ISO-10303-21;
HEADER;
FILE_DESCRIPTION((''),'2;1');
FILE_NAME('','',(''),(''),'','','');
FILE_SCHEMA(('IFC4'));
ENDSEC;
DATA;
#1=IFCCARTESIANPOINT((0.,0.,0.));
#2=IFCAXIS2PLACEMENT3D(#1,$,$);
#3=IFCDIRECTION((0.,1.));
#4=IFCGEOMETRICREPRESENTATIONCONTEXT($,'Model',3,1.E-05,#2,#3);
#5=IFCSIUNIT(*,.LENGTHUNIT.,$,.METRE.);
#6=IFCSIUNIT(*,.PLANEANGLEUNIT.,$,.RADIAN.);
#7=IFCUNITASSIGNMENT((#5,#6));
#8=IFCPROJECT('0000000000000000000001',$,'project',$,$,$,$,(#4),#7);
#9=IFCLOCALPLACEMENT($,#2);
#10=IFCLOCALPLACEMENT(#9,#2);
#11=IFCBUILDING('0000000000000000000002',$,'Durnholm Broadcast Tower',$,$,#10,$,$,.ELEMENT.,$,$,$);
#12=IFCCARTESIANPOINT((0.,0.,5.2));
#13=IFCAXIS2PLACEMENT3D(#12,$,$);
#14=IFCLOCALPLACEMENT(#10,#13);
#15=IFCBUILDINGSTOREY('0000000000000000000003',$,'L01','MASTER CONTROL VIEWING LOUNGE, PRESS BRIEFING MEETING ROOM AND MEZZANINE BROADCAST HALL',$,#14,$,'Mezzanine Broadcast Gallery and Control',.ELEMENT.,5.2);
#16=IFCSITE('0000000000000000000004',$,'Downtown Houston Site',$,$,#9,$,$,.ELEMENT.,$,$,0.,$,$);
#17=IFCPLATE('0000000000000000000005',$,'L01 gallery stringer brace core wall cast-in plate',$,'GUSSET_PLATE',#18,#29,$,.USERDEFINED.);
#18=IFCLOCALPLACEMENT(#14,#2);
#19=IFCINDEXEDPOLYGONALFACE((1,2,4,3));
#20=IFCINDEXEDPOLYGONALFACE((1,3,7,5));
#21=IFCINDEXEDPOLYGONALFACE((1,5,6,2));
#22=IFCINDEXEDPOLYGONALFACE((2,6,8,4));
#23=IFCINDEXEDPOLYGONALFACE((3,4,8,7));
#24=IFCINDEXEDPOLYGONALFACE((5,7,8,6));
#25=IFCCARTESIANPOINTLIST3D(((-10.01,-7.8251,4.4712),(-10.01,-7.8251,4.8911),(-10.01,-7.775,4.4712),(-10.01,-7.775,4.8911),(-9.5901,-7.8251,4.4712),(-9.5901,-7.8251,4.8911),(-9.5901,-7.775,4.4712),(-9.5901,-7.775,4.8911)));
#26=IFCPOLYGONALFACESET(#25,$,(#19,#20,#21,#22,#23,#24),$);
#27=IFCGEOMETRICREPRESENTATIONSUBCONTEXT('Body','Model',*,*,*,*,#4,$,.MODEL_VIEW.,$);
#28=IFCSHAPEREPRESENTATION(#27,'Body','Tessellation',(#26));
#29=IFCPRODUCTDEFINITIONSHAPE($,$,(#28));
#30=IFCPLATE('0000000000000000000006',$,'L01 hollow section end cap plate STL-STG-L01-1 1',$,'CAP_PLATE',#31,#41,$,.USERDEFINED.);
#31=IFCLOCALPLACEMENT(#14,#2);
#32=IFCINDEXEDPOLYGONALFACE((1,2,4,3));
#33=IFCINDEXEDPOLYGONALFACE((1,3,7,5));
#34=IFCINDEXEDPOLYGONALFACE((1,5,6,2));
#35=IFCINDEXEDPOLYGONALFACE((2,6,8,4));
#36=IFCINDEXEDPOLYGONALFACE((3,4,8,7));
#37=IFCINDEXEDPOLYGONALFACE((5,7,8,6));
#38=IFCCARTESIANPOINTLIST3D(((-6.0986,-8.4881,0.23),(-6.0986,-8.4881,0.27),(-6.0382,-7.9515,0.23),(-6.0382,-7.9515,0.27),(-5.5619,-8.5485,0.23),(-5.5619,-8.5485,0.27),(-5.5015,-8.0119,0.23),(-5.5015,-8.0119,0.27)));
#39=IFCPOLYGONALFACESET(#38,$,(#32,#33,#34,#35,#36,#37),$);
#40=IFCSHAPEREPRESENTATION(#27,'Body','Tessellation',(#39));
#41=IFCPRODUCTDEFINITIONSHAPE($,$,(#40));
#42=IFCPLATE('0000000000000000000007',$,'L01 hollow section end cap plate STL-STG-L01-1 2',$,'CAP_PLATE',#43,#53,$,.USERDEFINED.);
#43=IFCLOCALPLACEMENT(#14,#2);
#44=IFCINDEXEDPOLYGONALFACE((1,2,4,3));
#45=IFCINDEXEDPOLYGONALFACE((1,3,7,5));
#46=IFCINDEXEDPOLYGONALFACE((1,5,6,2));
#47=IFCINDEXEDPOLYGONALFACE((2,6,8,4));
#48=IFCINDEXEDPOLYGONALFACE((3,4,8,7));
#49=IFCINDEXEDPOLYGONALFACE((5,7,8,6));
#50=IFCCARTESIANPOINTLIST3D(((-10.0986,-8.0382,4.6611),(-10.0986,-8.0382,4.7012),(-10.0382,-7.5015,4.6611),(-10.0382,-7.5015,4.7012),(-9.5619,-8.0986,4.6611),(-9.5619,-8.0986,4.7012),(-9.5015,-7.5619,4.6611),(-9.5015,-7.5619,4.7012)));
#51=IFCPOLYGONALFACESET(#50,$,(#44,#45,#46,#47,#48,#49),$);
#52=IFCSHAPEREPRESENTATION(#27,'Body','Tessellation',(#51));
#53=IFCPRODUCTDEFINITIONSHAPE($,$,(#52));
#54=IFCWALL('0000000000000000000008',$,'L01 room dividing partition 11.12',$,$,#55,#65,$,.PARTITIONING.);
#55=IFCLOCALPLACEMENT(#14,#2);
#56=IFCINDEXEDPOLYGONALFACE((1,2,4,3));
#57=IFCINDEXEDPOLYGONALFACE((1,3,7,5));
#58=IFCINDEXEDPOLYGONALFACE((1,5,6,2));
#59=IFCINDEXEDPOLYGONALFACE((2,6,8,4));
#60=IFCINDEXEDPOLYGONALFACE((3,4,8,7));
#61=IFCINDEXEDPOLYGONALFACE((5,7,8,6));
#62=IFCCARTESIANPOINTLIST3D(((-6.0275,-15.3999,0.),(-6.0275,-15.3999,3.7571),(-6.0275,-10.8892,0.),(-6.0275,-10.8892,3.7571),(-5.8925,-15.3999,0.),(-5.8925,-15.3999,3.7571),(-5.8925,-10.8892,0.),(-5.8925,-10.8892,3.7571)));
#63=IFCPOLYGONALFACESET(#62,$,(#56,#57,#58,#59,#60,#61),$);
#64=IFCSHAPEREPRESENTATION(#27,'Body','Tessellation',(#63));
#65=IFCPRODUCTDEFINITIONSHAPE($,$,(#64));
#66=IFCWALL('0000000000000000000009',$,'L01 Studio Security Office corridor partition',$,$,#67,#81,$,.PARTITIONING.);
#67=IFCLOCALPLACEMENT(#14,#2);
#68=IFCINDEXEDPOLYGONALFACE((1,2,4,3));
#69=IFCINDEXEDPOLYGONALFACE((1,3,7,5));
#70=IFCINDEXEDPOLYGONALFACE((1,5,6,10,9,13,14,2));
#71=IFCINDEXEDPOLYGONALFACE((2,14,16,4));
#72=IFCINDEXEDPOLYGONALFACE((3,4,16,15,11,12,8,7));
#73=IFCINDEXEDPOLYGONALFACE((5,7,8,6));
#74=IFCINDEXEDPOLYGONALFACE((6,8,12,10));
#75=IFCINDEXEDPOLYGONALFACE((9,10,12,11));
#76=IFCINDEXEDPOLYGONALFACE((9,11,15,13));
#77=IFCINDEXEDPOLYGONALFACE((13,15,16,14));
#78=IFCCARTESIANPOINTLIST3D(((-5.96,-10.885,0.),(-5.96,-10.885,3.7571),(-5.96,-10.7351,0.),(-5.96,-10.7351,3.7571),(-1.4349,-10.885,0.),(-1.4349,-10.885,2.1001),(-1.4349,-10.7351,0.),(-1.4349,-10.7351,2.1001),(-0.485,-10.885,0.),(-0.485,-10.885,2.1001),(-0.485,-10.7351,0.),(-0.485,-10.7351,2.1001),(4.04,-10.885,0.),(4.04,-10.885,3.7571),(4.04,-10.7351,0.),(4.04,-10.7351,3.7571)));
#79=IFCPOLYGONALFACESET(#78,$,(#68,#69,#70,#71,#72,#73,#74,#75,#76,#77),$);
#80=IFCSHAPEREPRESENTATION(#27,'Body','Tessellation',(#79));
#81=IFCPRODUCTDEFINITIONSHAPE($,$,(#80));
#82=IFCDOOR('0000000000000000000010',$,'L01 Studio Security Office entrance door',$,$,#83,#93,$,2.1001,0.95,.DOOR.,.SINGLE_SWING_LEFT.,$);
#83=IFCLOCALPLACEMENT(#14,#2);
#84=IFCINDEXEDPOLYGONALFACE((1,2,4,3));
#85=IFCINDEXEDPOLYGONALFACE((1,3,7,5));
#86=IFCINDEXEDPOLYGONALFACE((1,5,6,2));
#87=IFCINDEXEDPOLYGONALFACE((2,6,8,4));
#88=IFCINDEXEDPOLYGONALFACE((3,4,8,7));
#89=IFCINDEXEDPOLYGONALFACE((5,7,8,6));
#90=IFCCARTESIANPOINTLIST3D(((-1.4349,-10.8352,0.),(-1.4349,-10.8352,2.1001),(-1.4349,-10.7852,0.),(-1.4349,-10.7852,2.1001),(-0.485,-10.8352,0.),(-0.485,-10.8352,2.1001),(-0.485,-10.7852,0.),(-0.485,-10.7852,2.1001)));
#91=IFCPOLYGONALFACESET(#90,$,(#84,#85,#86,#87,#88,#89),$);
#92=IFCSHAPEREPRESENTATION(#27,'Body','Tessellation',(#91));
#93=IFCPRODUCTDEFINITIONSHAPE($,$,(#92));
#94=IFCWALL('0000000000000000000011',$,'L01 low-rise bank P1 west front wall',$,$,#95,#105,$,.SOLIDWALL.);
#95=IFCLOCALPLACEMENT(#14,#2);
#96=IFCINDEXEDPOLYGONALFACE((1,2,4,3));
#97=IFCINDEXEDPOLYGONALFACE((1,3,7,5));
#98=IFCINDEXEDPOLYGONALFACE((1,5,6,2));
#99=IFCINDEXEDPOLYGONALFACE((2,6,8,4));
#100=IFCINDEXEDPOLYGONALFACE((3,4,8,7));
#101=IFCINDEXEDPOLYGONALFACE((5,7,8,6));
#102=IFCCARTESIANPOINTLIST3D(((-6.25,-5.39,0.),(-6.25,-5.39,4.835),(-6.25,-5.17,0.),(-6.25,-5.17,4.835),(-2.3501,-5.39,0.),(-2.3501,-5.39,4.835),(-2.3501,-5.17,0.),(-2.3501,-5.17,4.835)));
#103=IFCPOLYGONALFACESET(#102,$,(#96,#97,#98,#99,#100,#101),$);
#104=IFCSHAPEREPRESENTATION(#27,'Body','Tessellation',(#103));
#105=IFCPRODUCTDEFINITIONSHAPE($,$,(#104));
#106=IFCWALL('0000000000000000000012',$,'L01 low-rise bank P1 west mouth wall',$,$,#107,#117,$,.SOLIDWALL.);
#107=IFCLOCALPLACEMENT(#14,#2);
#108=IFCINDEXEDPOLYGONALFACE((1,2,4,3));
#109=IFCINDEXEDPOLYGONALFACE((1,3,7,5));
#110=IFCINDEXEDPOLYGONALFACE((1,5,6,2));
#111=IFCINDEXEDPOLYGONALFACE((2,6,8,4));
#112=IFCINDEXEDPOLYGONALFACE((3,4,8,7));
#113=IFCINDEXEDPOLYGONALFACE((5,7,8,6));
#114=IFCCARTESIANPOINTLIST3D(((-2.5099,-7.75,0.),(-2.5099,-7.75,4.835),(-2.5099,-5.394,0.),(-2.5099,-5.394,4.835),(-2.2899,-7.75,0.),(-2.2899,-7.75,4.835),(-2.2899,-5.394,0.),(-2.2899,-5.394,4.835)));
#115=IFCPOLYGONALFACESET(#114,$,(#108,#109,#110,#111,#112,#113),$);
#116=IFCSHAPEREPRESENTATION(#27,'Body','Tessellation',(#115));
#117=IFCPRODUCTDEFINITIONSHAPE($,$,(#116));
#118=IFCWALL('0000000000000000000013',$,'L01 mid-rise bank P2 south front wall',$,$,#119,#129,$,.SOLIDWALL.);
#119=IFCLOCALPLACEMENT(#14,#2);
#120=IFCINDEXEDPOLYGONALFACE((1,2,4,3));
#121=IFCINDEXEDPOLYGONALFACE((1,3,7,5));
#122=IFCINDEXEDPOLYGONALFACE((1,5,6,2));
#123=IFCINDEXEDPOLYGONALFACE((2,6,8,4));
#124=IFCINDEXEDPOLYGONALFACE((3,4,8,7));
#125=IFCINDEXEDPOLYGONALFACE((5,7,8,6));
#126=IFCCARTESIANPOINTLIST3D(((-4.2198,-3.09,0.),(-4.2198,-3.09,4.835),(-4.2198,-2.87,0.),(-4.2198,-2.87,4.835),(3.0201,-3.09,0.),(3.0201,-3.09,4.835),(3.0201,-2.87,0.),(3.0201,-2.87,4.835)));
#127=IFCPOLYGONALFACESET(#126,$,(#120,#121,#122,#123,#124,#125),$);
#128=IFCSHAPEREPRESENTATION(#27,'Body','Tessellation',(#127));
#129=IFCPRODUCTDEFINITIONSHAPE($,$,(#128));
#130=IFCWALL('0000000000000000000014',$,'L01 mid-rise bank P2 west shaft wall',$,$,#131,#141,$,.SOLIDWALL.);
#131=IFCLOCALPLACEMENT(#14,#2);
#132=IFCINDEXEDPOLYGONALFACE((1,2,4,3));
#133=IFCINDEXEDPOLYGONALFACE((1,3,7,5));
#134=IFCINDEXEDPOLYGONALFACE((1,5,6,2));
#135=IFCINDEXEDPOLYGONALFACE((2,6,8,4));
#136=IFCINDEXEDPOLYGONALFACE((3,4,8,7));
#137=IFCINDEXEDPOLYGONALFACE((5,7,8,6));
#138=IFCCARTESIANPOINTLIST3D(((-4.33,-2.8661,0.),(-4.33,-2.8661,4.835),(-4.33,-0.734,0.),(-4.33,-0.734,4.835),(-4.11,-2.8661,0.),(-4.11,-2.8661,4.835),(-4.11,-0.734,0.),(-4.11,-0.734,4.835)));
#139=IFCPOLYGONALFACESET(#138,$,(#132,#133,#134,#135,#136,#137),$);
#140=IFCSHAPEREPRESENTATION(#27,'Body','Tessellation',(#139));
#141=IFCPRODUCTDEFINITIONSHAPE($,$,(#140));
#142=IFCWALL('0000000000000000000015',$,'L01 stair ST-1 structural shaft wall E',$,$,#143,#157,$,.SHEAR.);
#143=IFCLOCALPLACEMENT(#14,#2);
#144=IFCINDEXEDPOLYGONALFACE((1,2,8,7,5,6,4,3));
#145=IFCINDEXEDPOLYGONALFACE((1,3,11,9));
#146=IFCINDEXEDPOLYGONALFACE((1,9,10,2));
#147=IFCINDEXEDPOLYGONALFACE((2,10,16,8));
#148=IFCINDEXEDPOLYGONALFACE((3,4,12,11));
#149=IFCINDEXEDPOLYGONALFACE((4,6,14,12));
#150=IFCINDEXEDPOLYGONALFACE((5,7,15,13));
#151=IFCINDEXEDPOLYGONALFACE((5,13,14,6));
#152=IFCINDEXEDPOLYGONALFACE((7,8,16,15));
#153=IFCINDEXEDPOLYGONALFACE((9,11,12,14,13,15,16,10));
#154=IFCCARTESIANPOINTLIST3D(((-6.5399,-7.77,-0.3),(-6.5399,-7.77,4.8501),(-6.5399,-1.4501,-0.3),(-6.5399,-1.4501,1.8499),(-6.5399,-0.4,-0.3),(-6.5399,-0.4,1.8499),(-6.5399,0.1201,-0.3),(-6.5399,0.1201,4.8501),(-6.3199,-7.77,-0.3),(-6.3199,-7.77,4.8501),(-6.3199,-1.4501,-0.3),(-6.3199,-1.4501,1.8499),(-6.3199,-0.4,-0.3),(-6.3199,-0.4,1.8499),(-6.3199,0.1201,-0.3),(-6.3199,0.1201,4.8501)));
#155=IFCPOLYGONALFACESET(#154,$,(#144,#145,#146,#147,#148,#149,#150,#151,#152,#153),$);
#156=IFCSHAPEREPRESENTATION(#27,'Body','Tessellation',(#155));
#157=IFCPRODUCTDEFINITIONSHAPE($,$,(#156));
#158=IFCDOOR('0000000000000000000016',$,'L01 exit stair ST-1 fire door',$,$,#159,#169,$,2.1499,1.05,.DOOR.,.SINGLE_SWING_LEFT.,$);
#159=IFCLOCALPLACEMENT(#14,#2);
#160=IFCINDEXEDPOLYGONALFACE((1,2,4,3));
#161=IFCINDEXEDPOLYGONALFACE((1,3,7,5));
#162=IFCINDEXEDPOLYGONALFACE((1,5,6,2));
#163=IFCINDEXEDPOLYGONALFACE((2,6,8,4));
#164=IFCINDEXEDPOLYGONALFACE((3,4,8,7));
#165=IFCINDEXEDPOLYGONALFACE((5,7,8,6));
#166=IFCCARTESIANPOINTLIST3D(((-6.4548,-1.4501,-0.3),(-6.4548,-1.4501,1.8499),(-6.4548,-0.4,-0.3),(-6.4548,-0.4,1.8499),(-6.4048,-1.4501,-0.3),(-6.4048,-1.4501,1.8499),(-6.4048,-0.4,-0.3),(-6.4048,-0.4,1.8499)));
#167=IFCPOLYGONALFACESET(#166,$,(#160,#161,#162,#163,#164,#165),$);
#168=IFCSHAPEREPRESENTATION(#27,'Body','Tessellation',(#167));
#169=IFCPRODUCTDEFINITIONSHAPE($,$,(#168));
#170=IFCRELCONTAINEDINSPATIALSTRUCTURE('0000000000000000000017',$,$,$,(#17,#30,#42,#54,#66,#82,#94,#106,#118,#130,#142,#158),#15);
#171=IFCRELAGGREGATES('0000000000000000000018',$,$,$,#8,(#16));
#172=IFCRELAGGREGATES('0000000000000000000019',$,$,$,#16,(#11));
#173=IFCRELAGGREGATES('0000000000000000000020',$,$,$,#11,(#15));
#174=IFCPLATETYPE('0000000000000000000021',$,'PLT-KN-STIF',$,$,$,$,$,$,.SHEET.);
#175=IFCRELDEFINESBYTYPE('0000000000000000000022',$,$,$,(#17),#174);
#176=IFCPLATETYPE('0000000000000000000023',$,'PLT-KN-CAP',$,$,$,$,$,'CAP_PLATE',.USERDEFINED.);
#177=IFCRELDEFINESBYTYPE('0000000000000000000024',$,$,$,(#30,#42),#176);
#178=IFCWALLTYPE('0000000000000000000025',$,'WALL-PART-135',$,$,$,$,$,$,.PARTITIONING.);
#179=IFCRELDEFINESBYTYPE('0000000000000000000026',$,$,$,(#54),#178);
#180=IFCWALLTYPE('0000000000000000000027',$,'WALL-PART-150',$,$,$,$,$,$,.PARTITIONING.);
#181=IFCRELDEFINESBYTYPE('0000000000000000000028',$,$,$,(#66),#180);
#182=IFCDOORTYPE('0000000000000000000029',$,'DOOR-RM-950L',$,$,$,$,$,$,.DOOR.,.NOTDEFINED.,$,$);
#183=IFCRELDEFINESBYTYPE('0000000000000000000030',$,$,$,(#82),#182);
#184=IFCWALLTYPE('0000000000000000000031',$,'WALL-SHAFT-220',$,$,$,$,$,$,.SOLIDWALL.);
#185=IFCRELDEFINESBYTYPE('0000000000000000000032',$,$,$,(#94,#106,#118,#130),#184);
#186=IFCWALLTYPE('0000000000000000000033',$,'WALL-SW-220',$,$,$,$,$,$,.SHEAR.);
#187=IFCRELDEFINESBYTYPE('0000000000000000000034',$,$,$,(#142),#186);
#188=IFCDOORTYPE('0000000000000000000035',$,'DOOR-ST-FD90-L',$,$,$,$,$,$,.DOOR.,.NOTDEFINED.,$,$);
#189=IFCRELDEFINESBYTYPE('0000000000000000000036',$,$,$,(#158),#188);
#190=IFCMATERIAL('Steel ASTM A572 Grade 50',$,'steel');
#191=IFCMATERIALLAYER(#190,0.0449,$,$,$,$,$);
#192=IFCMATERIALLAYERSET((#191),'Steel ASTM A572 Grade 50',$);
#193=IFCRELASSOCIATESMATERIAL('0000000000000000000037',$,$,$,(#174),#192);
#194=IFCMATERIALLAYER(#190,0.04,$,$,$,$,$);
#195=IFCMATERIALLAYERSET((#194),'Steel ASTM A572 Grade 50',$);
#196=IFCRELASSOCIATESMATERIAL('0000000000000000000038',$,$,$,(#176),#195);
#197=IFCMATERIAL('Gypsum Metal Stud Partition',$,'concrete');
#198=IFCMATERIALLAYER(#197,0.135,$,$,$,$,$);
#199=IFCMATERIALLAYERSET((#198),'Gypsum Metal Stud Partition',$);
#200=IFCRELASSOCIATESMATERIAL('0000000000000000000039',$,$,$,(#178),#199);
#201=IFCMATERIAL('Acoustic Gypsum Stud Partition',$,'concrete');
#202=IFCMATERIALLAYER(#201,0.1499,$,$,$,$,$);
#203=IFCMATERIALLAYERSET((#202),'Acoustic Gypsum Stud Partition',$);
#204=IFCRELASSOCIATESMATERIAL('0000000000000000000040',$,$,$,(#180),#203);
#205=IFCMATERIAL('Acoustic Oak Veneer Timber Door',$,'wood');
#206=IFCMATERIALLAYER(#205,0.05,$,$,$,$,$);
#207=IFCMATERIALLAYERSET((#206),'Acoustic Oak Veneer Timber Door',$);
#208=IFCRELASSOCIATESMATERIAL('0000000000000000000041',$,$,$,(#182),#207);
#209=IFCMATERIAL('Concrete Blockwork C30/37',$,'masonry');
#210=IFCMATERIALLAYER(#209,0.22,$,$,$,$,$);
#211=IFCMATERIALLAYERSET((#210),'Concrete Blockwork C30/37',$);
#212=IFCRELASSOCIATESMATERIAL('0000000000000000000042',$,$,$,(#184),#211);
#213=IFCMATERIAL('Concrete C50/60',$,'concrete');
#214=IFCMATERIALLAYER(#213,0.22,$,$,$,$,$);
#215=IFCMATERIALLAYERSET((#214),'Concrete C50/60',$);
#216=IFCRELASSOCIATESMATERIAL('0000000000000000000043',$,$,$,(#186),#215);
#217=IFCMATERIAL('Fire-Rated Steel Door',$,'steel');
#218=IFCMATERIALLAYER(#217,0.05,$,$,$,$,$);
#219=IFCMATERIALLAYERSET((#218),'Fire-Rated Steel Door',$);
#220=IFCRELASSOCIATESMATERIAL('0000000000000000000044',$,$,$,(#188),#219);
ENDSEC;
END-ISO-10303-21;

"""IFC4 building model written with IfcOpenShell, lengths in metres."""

from ifc_helpers import new_model, si_unit, direction, frame, frame_2d, origin, origin_2d, place, context, subcontext, project, spatial, rectangle, extrude, source, transform, mapped, material, layer, layer_set, type_object, type_shapes, element, fill, save


model = new_model("IFC4")

# Units and contexts
model_context = context("Model", 3, precision=1e-05, world=origin(), true_north=direction((0.0, 1.0)))
body_context = subcontext(model_context, "Body", "Model", "MODEL_VIEW")
ifc_project = project(units=[si_unit("LENGTHUNIT", "METRE"), si_unit("PLANEANGLEUNIT", "RADIAN")], contexts=[model_context])

# Site, building, storey
site_placement = place(None, origin())
site = spatial("IfcSite", under=ifc_project, at=site_placement, Name="Downtown Houston Site", CompositionType="ELEMENT", RefElevation=0.0)
building_placement = place(site_placement, origin())
building = spatial("IfcBuilding", under=site, at=building_placement, Name="Durnholm Broadcast Tower", CompositionType="ELEMENT")
storey_placement = place(building_placement, frame((0.0, 0.0, 5.2)))
storey = spatial("IfcBuildingStorey", under=building, at=storey_placement, Name="L01", Description="MASTER CONTROL VIEWING LOUNGE, PRESS BRIEFING MEETING ROOM AND MEZZANINE BROADCAST HALL", LongName="Mezzanine Broadcast Gallery and Control", CompositionType="ELEMENT", Elevation=5.2)

# Plates
ifc_material_1 = material(Name="Steel ASTM A572 Grade 50", Category="steel")
ifc_layer_1 = layer(ifc_material_1, 0.0449)
ifc_layer_set_1 = layer_set([ifc_layer_1], Name="Steel ASTM A572 Grade 50")
plate_type_1 = type_object("IfcPlateType", Name="PLT-KN-STIF", PredefinedType="SHEET", material=ifc_layer_set_1)
shared_shape_1 = source(origin(), body_context, "Body", "SweptSolid", [
    extrude(rectangle(XDim=0.4199, YDim=0.05, at=origin_2d()), origin(), (0.0, 0.0, 1.0), 0.4199),
])
type_shapes(plate_type_1, [shared_shape_1])
plate_placement = place(storey_placement, frame((-9.8, -7.8, 4.4712), z_axis=(0.0, 0.0, 1.0), x_axis=(1.0, 0.0, 0.0)))
element("IfcPlate", 1, at=plate_placement, inside=storey, type_object=plate_type_1, Name="L01 gallery stringer brace core wall cast-in plate", ObjectType="GUSSET_PLATE", PredefinedType="USERDEFINED", context=body_context, shape_type="MappedRepresentation", body=[
    mapped(shared_shape_1, transform((0.0, 0.0, 0.0), x_axis=(1.0, 0.0, 0.0), y_axis=(0.0, 1.0, 0.0), z_axis=(0.0, 0.0, 1.0), scale=1.0)),
])
ifc_layer_2 = layer(ifc_material_1, 0.04)
ifc_layer_set_2 = layer_set([ifc_layer_2], Name="Steel ASTM A572 Grade 50")
plate_type_2 = type_object("IfcPlateType", Name="PLT-KN-CAP", ElementType="CAP_PLATE", PredefinedType="USERDEFINED", material=ifc_layer_set_2)
shared_shape_2 = source(origin(), body_context, "Body", "SweptSolid", [
    extrude(rectangle(XDim=0.54, YDim=0.54, at=origin_2d()), origin(), (0.0, 0.0, 1.0), 0.04),
])
type_shapes(plate_type_2, [shared_shape_2])
for number, where, z_axis, x_axis, name in (
    (2, (-5.8, -8.25, 0.23), (0.0, 0.0, 1.0), (-0.993729, 0.111816, 0.0), "L01 hollow section end cap plate STL-STG-L01-1 1"),
    (3, (-9.8, -7.8, 4.6611), (0.0, 0.0, 1.0), (-0.993729, 0.111816, 0.0), "L01 hollow section end cap plate STL-STG-L01-1 2"),
):
    element("IfcPlate", number, at=place(storey_placement, frame(where, z_axis=z_axis, x_axis=x_axis)), inside=storey, type_object=plate_type_2, Name=name, ObjectType="CAP_PLATE", PredefinedType="USERDEFINED", context=body_context, shape_type="MappedRepresentation", body=[
        mapped(shared_shape_2, transform((0.0, 0.0, 0.0), x_axis=(1.0, 0.0, 0.0), y_axis=(0.0, 1.0, 0.0), z_axis=(0.0, 0.0, 1.0), scale=1.0)),
    ])

# Wall
ifc_material_2 = material(Name="Gypsum Metal Stud Partition", Category="concrete")
ifc_layer_3 = layer(ifc_material_2, 0.135)
ifc_layer_set_3 = layer_set([ifc_layer_3], Name="Gypsum Metal Stud Partition")
wall_type_1 = type_object("IfcWallType", Name="WALL-PART-135", PredefinedType="PARTITIONING", material=ifc_layer_set_3)
wall_1_placement = place(storey_placement, frame((-5.96, -10.8892, 0.0), z_axis=(0.0, 0.0, 1.0), x_axis=(0.0, -1.0, 0.0)))
element("IfcWall", 4, at=wall_1_placement, inside=storey, type_object=wall_type_1, Name="L01 room dividing partition 11.12", PredefinedType="PARTITIONING", context=body_context, shape_type="SweptSolid", body=[
    extrude(rectangle(XDim=4.5107, YDim=0.135, at=frame_2d((2.2554, 0.0))), origin(), (0.0, 0.0, 1.0), 3.7571),
])

# Wall, opening, door
ifc_material_3 = material(Name="Acoustic Gypsum Stud Partition", Category="concrete")
ifc_layer_4 = layer(ifc_material_3, 0.1499)
ifc_layer_set_4 = layer_set([ifc_layer_4], Name="Acoustic Gypsum Stud Partition")
wall_type_2 = type_object("IfcWallType", Name="WALL-PART-150", PredefinedType="PARTITIONING", material=ifc_layer_set_4)
wall_2_placement = place(storey_placement, frame((-5.96, -10.8101, 0.0), z_axis=(0.0, 0.0, 1.0), x_axis=(1.0, 0.0, 0.0)))
wall_2 = element("IfcWall", 5, at=wall_2_placement, inside=storey, type_object=wall_type_2, Name="L01 Studio Security Office corridor partition", PredefinedType="PARTITIONING", context=body_context, shape_type="SweptSolid", body=[
    extrude(rectangle(XDim=10.0, YDim=0.1499, at=frame_2d((5.0, 0.0))), origin(), (0.0, 0.0, 1.0), 3.7571),
])
opening_1_placement = place(wall_2_placement, frame((4.5249, 0.0, 0.0)))
opening_1 = element("IfcOpeningElement", 6, at=opening_1_placement, cuts=wall_2, PredefinedType="OPENING", context=body_context, shape_type="SweptSolid", body=[
    extrude(rectangle(XDim=0.95, YDim=2.1001, at=frame_2d((0.4751, 1.05))), frame((0.0, 0.085, 0.0), z_axis=(0.0, -1.0, 0.0), x_axis=(1.0, 0.0, 0.0)), (0.0, 0.0, 1.0), 0.1699),
])
ifc_material_4 = material(Name="Acoustic Oak Veneer Timber Door", Category="wood")
ifc_layer_5 = layer(ifc_material_4, 0.05)
ifc_layer_set_5 = layer_set([ifc_layer_5], Name="Acoustic Oak Veneer Timber Door")
door_type_1 = type_object("IfcDoorType", Name="DOOR-RM-950L", OperationType="NOTDEFINED", PredefinedType="DOOR", material=ifc_layer_set_5)
shared_shape_3 = source(origin(), body_context, "Body", "SweptSolid", [
    extrude(rectangle(XDim=0.95, YDim=2.1001, at=frame_2d((0.4751, 1.05))), frame((0.0, 0.0249, 0.0), z_axis=(0.0, -1.0, 0.0), x_axis=(1.0, 0.0, 0.0)), (0.0, 0.0, 1.0), 0.05),
])
type_shapes(door_type_1, [shared_shape_3])
door_1_placement = place(opening_1_placement, origin())
door_1 = element("IfcDoor", 7, at=door_1_placement, inside=storey, type_object=door_type_1, Name="L01 Studio Security Office entrance door", OperationType="SINGLE_SWING_LEFT", OverallHeight=2.1001, OverallWidth=0.95, PredefinedType="DOOR", context=body_context, shape_type="MappedRepresentation", body=[
    mapped(shared_shape_3, transform((0.0, 0.0, 0.0), x_axis=(1.0, 0.0, 0.0), y_axis=(0.0, 1.0, 0.0), z_axis=(0.0, 0.0, 1.0), scale=1.0)),
])
fill(opening_1, door_1)

# Walls
ifc_material_5 = material(Name="Concrete Blockwork C30/37", Category="masonry")
ifc_layer_6 = layer(ifc_material_5, 0.22)
ifc_layer_set_6 = layer_set([ifc_layer_6], Name="Concrete Blockwork C30/37")
wall_type_3 = type_object("IfcWallType", Name="WALL-SHAFT-220", PredefinedType="SOLIDWALL", material=ifc_layer_set_6)
wall_3_placement = place(storey_placement, frame((-6.25, -5.28, 0.0), z_axis=(0.0, 0.0, 1.0), x_axis=(1.0, 0.0, 0.0)))
element("IfcWall", 8, at=wall_3_placement, inside=storey, type_object=wall_type_3, Name="L01 low-rise bank P1 west front wall", PredefinedType="SOLIDWALL", context=body_context, shape_type="SweptSolid", body=[
    extrude(rectangle(XDim=3.8999, YDim=0.22, at=frame_2d((1.95, 0.0))), origin(), (0.0, 0.0, 1.0), 4.835),
])
wall_4_placement = place(storey_placement, frame((-2.3999, -7.75, 0.0), z_axis=(0.0, 0.0, 1.0), x_axis=(0.0, 1.0, 0.0)))
element("IfcWall", 9, at=wall_4_placement, inside=storey, type_object=wall_type_3, Name="L01 low-rise bank P1 west mouth wall", PredefinedType="SOLIDWALL", context=body_context, shape_type="SweptSolid", body=[
    extrude(rectangle(XDim=2.356, YDim=0.22, at=frame_2d((1.178, 0.0))), origin(), (0.0, 0.0, 1.0), 4.835),
])
wall_5_placement = place(storey_placement, frame((-4.22, -2.98, 0.0), z_axis=(0.0, 0.0, 1.0), x_axis=(1.0, 0.0, 0.0)))
element("IfcWall", 10, at=wall_5_placement, inside=storey, type_object=wall_type_3, Name="L01 mid-rise bank P2 south front wall", PredefinedType="SOLIDWALL", context=body_context, shape_type="SweptSolid", body=[
    extrude(rectangle(XDim=7.24, YDim=0.22, at=frame_2d((3.6201, 0.0))), origin(), (0.0, 0.0, 1.0), 4.835),
])
wall_6_placement = place(storey_placement, frame((-4.22, -2.866, 0.0), z_axis=(0.0, 0.0, 1.0), x_axis=(0.0, 1.0, 0.0)))
element("IfcWall", 11, at=wall_6_placement, inside=storey, type_object=wall_type_3, Name="L01 mid-rise bank P2 west shaft wall", PredefinedType="SOLIDWALL", context=body_context, shape_type="SweptSolid", body=[
    extrude(rectangle(XDim=2.1321, YDim=0.22, at=frame_2d((1.0659, 0.0))), origin(), (0.0, 0.0, 1.0), 4.835),
])

# Wall, opening, door
ifc_material_6 = material(Name="Concrete C50/60", Category="concrete")
ifc_layer_7 = layer(ifc_material_6, 0.22)
ifc_layer_set_7 = layer_set([ifc_layer_7], Name="Concrete C50/60")
wall_type_4 = type_object("IfcWallType", Name="WALL-SW-220", PredefinedType="SHEAR", material=ifc_layer_set_7)
wall_7_placement = place(storey_placement, frame((-6.4299, -7.77, -0.3), z_axis=(0.0, 0.0, 1.0), x_axis=(0.0, 1.0, 0.0)))
wall_7 = element("IfcWall", 12, at=wall_7_placement, inside=storey, type_object=wall_type_4, Name="L01 stair ST-1 structural shaft wall E", PredefinedType="SHEAR", context=body_context, shape_type="SweptSolid", body=[
    extrude(rectangle(XDim=7.8901, YDim=0.22, at=frame_2d((3.9451, 0.0))), origin(), (0.0, 0.0, 1.0), 5.1501),
])
opening_2_placement = place(wall_7_placement, frame((6.3201, 0.0, 0.0)))
opening_2 = element("IfcOpeningElement", 13, at=opening_2_placement, cuts=wall_7, PredefinedType="OPENING", context=body_context, shape_type="SweptSolid", body=[
    extrude(rectangle(XDim=1.05, YDim=2.1499, at=frame_2d((0.5249, 1.075))), frame((0.0, 0.1201, 0.0), z_axis=(0.0, -1.0, 0.0), x_axis=(1.0, 0.0, 0.0)), (0.0, 0.0, 1.0), 0.24),
])
ifc_material_7 = material(Name="Fire-Rated Steel Door", Category="steel")
ifc_layer_8 = layer(ifc_material_7, 0.05)
ifc_layer_set_8 = layer_set([ifc_layer_8], Name="Fire-Rated Steel Door")
door_type_2 = type_object("IfcDoorType", Name="DOOR-ST-FD90-L", OperationType="NOTDEFINED", PredefinedType="DOOR", material=ifc_layer_set_8)
shared_shape_4 = source(origin(), body_context, "Body", "SweptSolid", [
    extrude(rectangle(XDim=1.05, YDim=2.1499, at=frame_2d((0.5249, 1.075))), frame((0.0, 0.0249, 0.0), z_axis=(0.0, -1.0, 0.0), x_axis=(1.0, 0.0, 0.0)), (0.0, 0.0, 1.0), 0.05),
])
type_shapes(door_type_2, [shared_shape_4])
door_2_placement = place(opening_2_placement, origin())
door_2 = element("IfcDoor", 14, at=door_2_placement, inside=storey, type_object=door_type_2, Name="L01 exit stair ST-1 fire door", OperationType="SINGLE_SWING_LEFT", OverallHeight=2.1499, OverallWidth=1.05, PredefinedType="DOOR", context=body_context, shape_type="MappedRepresentation", body=[
    mapped(shared_shape_4, transform((0.0, 0.0, 0.0), x_axis=(1.0, 0.0, 0.0), y_axis=(0.0, 1.0, 0.0), z_axis=(0.0, 0.0, 1.0), scale=1.0)),
])
fill(opening_2, door_2)

save(model, "model.ifc")
